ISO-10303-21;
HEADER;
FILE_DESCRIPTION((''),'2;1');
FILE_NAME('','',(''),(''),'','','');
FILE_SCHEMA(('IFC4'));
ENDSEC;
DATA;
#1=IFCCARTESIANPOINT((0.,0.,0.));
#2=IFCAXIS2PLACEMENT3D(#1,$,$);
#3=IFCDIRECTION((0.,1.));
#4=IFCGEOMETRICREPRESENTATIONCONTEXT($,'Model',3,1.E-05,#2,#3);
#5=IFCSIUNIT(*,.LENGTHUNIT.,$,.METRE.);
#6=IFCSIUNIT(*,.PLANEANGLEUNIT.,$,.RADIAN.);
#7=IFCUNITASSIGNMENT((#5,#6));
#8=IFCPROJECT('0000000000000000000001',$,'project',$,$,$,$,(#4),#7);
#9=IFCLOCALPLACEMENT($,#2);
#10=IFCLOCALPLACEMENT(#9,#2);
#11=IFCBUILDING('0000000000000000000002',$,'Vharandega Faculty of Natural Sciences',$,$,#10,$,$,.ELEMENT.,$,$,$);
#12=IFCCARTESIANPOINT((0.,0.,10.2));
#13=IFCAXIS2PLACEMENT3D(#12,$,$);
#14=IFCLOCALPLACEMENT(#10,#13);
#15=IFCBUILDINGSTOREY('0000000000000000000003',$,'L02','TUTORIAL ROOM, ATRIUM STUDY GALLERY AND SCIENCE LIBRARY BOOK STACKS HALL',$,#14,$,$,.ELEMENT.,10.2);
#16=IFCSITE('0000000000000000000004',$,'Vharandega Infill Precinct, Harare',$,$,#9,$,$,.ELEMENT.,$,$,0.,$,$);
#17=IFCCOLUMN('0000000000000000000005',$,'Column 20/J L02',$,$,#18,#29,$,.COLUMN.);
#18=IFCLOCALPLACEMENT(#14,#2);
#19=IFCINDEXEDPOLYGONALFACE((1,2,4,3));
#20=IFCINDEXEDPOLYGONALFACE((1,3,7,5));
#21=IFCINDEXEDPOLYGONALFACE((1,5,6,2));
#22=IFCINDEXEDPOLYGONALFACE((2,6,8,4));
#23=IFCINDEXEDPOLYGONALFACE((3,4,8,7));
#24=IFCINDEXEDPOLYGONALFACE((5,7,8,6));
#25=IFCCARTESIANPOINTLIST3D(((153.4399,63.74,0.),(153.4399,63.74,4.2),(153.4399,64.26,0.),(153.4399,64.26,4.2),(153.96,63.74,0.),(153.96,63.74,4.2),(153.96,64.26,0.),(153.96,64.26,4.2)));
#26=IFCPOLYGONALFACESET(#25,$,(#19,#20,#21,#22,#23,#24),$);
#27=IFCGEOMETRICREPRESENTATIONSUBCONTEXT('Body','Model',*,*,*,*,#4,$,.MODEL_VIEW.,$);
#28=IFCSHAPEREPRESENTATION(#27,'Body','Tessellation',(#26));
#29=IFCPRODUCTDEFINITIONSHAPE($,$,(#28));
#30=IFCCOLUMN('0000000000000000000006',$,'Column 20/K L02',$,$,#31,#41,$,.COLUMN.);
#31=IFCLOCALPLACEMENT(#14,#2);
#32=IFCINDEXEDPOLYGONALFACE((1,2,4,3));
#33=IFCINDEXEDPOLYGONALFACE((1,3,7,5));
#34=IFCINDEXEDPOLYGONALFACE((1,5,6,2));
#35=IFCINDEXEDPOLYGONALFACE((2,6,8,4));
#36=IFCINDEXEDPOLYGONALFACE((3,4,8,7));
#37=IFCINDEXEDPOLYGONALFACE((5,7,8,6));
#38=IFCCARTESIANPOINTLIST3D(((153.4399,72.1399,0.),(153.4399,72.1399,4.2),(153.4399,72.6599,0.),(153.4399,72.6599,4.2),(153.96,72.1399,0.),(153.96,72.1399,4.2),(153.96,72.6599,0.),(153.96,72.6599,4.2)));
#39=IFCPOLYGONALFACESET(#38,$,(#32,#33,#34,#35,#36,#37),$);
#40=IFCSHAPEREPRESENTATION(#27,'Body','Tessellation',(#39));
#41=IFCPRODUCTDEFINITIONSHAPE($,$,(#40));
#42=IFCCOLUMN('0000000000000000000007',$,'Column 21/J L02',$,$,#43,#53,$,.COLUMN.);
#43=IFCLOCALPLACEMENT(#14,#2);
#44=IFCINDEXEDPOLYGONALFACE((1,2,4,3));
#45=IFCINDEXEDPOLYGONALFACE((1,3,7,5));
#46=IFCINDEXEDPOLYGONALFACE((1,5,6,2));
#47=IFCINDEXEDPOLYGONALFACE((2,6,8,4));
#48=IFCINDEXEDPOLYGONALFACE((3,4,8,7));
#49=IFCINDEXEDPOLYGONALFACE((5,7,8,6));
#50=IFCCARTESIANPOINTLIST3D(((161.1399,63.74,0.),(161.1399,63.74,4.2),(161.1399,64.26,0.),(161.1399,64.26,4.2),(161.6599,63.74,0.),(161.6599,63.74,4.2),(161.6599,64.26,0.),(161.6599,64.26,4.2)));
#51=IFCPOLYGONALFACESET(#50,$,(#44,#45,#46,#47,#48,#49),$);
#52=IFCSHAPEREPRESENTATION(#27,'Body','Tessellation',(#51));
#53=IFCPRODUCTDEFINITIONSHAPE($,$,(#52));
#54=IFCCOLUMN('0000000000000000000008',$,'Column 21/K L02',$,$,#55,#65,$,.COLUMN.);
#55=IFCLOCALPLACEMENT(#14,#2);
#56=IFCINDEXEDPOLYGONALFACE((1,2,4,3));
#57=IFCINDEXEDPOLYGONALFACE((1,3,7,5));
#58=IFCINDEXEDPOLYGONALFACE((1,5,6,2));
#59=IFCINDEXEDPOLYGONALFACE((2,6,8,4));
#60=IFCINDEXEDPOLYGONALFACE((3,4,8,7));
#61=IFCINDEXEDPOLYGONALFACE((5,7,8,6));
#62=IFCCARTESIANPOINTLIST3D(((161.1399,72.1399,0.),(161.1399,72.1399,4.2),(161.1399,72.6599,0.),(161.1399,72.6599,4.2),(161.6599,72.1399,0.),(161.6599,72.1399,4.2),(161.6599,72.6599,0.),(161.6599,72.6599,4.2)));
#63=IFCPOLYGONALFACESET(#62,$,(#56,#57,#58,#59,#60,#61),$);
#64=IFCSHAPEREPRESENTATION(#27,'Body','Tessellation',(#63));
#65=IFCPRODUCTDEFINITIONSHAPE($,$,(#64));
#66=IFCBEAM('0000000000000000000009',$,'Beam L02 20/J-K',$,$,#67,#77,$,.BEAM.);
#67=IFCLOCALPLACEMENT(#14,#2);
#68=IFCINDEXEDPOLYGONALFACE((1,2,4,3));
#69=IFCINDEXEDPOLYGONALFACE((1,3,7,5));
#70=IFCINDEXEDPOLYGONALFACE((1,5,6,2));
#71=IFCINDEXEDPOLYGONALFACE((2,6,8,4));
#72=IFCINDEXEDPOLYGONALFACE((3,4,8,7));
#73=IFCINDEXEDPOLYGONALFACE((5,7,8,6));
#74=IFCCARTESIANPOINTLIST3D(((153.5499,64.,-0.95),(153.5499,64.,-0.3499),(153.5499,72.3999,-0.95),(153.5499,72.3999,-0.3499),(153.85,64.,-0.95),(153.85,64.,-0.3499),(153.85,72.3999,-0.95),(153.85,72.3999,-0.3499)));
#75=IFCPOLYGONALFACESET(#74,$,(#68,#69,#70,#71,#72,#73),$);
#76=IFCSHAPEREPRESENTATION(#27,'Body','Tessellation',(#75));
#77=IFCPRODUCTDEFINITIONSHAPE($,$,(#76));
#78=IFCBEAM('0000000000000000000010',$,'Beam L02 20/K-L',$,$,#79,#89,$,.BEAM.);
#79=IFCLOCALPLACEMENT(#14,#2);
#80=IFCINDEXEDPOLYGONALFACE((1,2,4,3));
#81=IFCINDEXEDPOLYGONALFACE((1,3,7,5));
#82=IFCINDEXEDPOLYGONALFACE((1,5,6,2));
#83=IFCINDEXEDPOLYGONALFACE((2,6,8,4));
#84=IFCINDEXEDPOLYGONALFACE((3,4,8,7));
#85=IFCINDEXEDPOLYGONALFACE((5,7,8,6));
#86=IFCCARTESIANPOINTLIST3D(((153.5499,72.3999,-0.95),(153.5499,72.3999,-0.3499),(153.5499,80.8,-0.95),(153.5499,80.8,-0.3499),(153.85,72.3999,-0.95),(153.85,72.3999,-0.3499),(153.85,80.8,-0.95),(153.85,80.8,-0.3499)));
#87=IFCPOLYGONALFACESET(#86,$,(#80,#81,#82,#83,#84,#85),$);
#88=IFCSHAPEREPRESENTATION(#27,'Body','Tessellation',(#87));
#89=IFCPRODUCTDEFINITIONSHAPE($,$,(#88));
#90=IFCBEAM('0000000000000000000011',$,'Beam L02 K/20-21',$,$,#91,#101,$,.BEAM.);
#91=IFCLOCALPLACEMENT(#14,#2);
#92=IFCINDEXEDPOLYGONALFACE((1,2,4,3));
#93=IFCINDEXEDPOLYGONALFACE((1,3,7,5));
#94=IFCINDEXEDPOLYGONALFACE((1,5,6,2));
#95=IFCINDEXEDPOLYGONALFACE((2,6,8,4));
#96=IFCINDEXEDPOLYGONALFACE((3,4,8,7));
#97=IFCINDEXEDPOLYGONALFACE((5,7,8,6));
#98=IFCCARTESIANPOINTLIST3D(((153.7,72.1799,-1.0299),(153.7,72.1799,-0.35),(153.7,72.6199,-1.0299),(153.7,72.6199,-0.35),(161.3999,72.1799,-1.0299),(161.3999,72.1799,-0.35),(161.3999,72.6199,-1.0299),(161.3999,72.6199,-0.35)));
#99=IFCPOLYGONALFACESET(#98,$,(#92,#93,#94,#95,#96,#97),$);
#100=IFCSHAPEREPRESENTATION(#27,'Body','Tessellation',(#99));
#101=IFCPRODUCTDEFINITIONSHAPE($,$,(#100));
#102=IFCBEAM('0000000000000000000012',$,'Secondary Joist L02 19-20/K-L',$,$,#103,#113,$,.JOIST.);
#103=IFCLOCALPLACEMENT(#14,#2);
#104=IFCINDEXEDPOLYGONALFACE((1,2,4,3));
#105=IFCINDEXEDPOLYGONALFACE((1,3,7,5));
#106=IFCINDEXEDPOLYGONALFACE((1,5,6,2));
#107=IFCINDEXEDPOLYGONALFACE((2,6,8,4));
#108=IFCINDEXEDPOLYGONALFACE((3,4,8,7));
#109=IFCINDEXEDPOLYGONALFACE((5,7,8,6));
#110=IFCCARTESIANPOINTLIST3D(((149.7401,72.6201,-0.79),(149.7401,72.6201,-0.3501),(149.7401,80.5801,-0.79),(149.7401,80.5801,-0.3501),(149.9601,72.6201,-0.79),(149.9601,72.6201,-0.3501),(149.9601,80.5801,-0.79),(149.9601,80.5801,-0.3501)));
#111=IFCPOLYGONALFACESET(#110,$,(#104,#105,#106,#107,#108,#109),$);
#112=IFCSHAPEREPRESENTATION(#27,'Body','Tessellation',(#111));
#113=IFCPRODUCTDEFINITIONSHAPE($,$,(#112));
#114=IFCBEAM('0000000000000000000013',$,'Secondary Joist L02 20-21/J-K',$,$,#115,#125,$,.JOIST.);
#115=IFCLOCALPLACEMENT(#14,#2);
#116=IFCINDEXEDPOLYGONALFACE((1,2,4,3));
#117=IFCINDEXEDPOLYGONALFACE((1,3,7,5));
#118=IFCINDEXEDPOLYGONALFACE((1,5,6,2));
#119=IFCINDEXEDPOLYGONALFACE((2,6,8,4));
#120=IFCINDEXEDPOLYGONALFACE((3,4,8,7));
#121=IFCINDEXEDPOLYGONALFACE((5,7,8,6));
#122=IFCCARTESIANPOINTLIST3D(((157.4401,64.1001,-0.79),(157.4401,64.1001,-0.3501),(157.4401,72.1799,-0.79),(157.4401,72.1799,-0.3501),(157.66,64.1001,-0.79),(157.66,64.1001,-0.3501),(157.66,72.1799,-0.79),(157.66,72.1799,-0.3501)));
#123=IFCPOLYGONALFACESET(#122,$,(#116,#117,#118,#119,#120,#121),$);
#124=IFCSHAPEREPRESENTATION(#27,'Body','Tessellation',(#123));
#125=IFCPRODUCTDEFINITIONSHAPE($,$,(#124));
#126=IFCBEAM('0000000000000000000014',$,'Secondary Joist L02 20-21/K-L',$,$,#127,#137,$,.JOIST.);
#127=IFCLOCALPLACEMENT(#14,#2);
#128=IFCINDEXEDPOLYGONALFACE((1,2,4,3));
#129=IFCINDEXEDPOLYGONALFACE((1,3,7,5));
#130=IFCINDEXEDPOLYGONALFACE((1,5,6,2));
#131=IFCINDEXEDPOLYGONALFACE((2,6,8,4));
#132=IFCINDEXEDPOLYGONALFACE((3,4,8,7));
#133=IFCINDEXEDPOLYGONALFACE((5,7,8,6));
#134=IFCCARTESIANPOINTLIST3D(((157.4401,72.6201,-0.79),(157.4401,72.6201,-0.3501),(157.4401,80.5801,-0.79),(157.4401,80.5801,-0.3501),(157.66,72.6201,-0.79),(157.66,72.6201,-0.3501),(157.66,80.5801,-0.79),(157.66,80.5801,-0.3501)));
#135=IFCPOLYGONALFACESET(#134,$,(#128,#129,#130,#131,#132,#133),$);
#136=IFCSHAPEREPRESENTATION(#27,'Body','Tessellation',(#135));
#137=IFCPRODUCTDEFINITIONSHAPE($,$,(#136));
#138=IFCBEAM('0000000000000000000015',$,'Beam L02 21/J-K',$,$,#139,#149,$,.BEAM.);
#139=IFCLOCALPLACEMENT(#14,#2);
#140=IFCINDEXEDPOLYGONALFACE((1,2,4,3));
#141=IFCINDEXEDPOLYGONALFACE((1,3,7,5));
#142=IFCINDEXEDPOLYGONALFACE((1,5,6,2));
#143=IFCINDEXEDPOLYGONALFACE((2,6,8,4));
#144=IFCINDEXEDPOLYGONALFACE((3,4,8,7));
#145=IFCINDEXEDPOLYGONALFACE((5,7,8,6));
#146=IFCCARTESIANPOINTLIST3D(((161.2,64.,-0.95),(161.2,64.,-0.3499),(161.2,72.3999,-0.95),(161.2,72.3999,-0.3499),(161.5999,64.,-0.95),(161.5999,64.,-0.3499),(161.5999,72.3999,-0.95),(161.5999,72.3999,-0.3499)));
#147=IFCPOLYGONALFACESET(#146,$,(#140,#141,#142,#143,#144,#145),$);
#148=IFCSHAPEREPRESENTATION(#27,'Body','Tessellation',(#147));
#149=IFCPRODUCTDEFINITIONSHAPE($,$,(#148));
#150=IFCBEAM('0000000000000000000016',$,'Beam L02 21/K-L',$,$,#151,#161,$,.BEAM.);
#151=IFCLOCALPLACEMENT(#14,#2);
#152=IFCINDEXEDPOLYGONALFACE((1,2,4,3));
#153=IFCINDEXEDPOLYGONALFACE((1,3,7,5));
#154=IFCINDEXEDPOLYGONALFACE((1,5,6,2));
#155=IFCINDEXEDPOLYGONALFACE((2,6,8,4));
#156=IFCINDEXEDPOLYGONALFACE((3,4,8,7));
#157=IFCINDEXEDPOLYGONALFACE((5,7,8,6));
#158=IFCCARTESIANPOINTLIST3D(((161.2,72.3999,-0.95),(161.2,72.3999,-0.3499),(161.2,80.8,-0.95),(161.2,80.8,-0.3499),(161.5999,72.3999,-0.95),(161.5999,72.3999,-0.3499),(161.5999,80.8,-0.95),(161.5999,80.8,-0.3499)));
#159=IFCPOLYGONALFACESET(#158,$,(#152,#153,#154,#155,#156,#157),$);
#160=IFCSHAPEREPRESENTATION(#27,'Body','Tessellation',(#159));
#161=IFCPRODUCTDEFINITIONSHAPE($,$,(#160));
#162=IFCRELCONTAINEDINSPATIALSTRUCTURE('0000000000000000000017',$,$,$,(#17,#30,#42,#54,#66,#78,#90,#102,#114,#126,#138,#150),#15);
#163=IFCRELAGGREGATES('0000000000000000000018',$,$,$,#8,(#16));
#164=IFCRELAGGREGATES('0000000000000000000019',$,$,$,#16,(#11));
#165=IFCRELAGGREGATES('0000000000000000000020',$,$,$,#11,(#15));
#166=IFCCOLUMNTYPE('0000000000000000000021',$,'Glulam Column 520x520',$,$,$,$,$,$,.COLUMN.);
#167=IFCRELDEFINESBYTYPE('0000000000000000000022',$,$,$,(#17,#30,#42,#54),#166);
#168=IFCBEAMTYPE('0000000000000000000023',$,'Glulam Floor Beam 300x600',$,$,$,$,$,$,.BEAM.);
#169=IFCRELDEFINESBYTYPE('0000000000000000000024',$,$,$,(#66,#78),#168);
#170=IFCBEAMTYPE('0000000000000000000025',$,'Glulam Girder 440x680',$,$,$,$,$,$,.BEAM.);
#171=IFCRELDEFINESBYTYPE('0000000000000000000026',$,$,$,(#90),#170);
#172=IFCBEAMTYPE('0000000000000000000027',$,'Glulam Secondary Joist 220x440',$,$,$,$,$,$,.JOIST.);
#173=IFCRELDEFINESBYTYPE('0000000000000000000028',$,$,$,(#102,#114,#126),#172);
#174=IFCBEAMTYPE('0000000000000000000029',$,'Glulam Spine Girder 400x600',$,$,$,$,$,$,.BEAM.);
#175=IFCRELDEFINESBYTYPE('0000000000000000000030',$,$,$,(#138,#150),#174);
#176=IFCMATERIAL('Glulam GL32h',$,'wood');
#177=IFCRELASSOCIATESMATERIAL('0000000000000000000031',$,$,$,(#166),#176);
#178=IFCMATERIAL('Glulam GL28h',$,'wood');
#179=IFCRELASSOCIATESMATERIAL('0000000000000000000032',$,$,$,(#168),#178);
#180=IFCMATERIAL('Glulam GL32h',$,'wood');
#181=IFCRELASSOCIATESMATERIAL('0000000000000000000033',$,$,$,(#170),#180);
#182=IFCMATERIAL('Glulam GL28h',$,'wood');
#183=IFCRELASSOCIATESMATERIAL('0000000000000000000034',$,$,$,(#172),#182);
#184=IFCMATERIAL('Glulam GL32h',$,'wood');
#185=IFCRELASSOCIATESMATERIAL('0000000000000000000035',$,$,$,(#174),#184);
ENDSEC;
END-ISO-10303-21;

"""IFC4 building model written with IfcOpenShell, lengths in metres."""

from ifc_helpers import new_model, si_unit, direction, frame, origin, origin_2d, place, context, subcontext, project, spatial, rectangle, extrude, material, material_profile, profile_set, type_object, element, save


model = new_model("IFC4")

# Units and contexts
model_context = context("Model", 3, precision=1e-05, world=origin(), true_north=direction((0.0, 1.0)))
body_context = subcontext(model_context, "Body", "Model", "MODEL_VIEW")
ifc_project = project(units=[si_unit("LENGTHUNIT", "METRE"), si_unit("PLANEANGLEUNIT", "RADIAN")], contexts=[model_context])

# Site, building, storey
site_placement = place(None, origin())
site = spatial("IfcSite", under=ifc_project, at=site_placement, Name="Vharandega Infill Precinct, Harare", CompositionType="ELEMENT", RefElevation=0.0)
building_placement = place(site_placement, origin())
building = spatial("IfcBuilding", under=site, at=building_placement, Name="Vharandega Faculty of Natural Sciences", CompositionType="ELEMENT")
storey_placement = place(building_placement, frame((0.0, 0.0, 10.2)))
storey = spatial("IfcBuildingStorey", under=building, at=storey_placement, Name="L02", Description="TUTORIAL ROOM, ATRIUM STUDY GALLERY AND SCIENCE LIBRARY BOOK STACKS HALL", CompositionType="ELEMENT", Elevation=10.2)

# Columns
ifc_material_1 = material(Name="Glulam GL32h", Category="wood")
ifc_material_profile_1 = material_profile(ifc_material_1, rectangle(XDim=0.52, YDim=0.52, at=origin_2d()), Name="GL32h 520x520")
ifc_profile_set_1 = profile_set([ifc_material_profile_1], Name="Glulam GL32h")
column_type = type_object("IfcColumnType", Name="Glulam Column 520x520", PredefinedType="COLUMN", material=ifc_profile_set_1)
for number, where, z_axis, x_axis, name in (
    (1, (153.7, 64.0, 0.0), (0.0, 0.0, 1.0), (1.0, 0.0, 0.0), "Column 20/J L02"),
    (2, (153.7, 72.3999, 0.0), (0.0, 0.0, 1.0), (1.0, 0.0, 0.0), "Column 20/K L02"),
    (3, (161.3999, 64.0, 0.0), (0.0, 0.0, 1.0), (1.0, 0.0, 0.0), "Column 21/J L02"),
    (4, (161.3999, 72.3999, 0.0), (0.0, 0.0, 1.0), (1.0, 0.0, 0.0), "Column 21/K L02"),
):
    element("IfcColumn", number, at=place(storey_placement, frame(where, z_axis=z_axis, x_axis=x_axis)), inside=storey, type_object=column_type, Name=name, PredefinedType="COLUMN", context=body_context, shape_type="SweptSolid", body=[
        extrude(rectangle(XDim=0.52, YDim=0.52, at=origin_2d()), origin(), (0.0, 0.0, 1.0), 4.2),
    ])

# Beams
ifc_material_2 = material(Name="Glulam GL28h", Category="wood")
ifc_material_profile_2 = material_profile(ifc_material_2, rectangle(XDim=0.3, YDim=0.6001, at=origin_2d()), Name="GL28h 300x600")
ifc_profile_set_2 = profile_set([ifc_material_profile_2], Name="Glulam GL28h")
beam_type_1 = type_object("IfcBeamType", Name="Glulam Floor Beam 300x600", PredefinedType="BEAM", material=ifc_profile_set_2)
beam_1_placement = place(storey_placement, frame((153.7, 64.0, -0.6499), z_axis=(0.0, 1.0, 0.0), x_axis=(-1.0, 0.0, 0.0)))
element("IfcBeam", 5, at=beam_1_placement, inside=storey, type_object=beam_type_1, Name="Beam L02 20/J-K", PredefinedType="BEAM", context=body_context, shape_type="SweptSolid", body=[
    extrude(rectangle(XDim=0.3, YDim=0.6001, at=origin_2d()), origin(), (0.0, 0.0, 1.0), 8.3999),
])
beam_2_placement = place(storey_placement, frame((153.7, 72.3999, -0.6499), z_axis=(0.0, 1.0, 0.0), x_axis=(-1.0, 0.0, 0.0)))
element("IfcBeam", 6, at=beam_2_placement, inside=storey, type_object=beam_type_1, Name="Beam L02 20/K-L", PredefinedType="BEAM", context=body_context, shape_type="SweptSolid", body=[
    extrude(rectangle(XDim=0.3, YDim=0.6001, at=origin_2d()), origin(), (0.0, 0.0, 1.0), 8.4001),
])
ifc_material_3 = material(Name="Glulam GL32h", Category="wood")
ifc_material_profile_3 = material_profile(ifc_material_3, rectangle(XDim=0.4399, YDim=0.6799, at=origin_2d()), Name="GL32h 440x680")
ifc_profile_set_3 = profile_set([ifc_material_profile_3], Name="Glulam GL32h")
beam_type_2 = type_object("IfcBeamType", Name="Glulam Girder 440x680", PredefinedType="BEAM", material=ifc_profile_set_3)
beam_3_placement = place(storey_placement, frame((153.7, 72.3999, -0.6899), z_axis=(1.0, 0.0, 0.0), x_axis=(0.0, 1.0, 0.0)))
element("IfcBeam", 7, at=beam_3_placement, inside=storey, type_object=beam_type_2, Name="Beam L02 K/20-21", PredefinedType="BEAM", context=body_context, shape_type="SweptSolid", body=[
    extrude(rectangle(XDim=0.4399, YDim=0.6799, at=origin_2d()), origin(), (0.0, 0.0, 1.0), 7.7),
])
ifc_material_4 = material(Name="Glulam GL28h", Category="wood")
ifc_material_profile_4 = material_profile(ifc_material_4, rectangle(XDim=0.22, YDim=0.4399, at=origin_2d()), Name="GL28h 220x440")
ifc_profile_set_4 = profile_set([ifc_material_profile_4], Name="Glulam GL28h")
beam_type_3 = type_object("IfcBeamType", Name="Glulam Secondary Joist 220x440", PredefinedType="JOIST", material=ifc_profile_set_4)
beam_4_placement = place(storey_placement, frame((149.8501, 72.6201, -0.5701), z_axis=(0.0, 1.0, 0.0), x_axis=(-1.0, 0.0, 0.0)))
element("IfcBeam", 8, at=beam_4_placement, inside=storey, type_object=beam_type_3, Name="Secondary Joist L02 19-20/K-L", PredefinedType="JOIST", context=body_context, shape_type="SweptSolid", body=[
    extrude(rectangle(XDim=0.22, YDim=0.4399, at=origin_2d()), origin(), (0.0, 0.0, 1.0), 7.96),
])
beam_5_placement = place(storey_placement, frame((157.55, 64.1001, -0.5701), z_axis=(0.0, 1.0, 0.0), x_axis=(-1.0, 0.0, 0.0)))
element("IfcBeam", 9, at=beam_5_placement, inside=storey, type_object=beam_type_3, Name="Secondary Joist L02 20-21/J-K", PredefinedType="JOIST", context=body_context, shape_type="SweptSolid", body=[
    extrude(rectangle(XDim=0.22, YDim=0.4399, at=origin_2d()), origin(), (0.0, 0.0, 1.0), 8.0798),
])
beam_6_placement = place(storey_placement, frame((157.55, 72.6201, -0.5701), z_axis=(0.0, 1.0, 0.0), x_axis=(-1.0, 0.0, 0.0)))
element("IfcBeam", 10, at=beam_6_placement, inside=storey, type_object=beam_type_3, Name="Secondary Joist L02 20-21/K-L", PredefinedType="JOIST", context=body_context, shape_type="SweptSolid", body=[
    extrude(rectangle(XDim=0.22, YDim=0.4399, at=origin_2d()), origin(), (0.0, 0.0, 1.0), 7.96),
])
ifc_material_5 = material(Name="Glulam GL32h", Category="wood")
ifc_material_profile_5 = material_profile(ifc_material_5, rectangle(XDim=0.3999, YDim=0.6001, at=origin_2d()), Name="GL32h 400x600")
ifc_profile_set_5 = profile_set([ifc_material_profile_5], Name="Glulam GL32h")
beam_type_4 = type_object("IfcBeamType", Name="Glulam Spine Girder 400x600", PredefinedType="BEAM", material=ifc_profile_set_5)
beam_7_placement = place(storey_placement, frame((161.3999, 64.0, -0.6499), z_axis=(0.0, 1.0, 0.0), x_axis=(-1.0, 0.0, 0.0)))
element("IfcBeam", 11, at=beam_7_placement, inside=storey, type_object=beam_type_4, Name="Beam L02 21/J-K", PredefinedType="BEAM", context=body_context, shape_type="SweptSolid", body=[
    extrude(rectangle(XDim=0.3999, YDim=0.6001, at=origin_2d()), origin(), (0.0, 0.0, 1.0), 8.3999),
])
beam_8_placement = place(storey_placement, frame((161.3999, 72.3999, -0.6499), z_axis=(0.0, 1.0, 0.0), x_axis=(-1.0, 0.0, 0.0)))
element("IfcBeam", 12, at=beam_8_placement, inside=storey, type_object=beam_type_4, Name="Beam L02 21/K-L", PredefinedType="BEAM", context=body_context, shape_type="SweptSolid", body=[
    extrude(rectangle(XDim=0.3999, YDim=0.6001, at=origin_2d()), origin(), (0.0, 0.0, 1.0), 8.4001),
])

save(model, "model.ifc")
